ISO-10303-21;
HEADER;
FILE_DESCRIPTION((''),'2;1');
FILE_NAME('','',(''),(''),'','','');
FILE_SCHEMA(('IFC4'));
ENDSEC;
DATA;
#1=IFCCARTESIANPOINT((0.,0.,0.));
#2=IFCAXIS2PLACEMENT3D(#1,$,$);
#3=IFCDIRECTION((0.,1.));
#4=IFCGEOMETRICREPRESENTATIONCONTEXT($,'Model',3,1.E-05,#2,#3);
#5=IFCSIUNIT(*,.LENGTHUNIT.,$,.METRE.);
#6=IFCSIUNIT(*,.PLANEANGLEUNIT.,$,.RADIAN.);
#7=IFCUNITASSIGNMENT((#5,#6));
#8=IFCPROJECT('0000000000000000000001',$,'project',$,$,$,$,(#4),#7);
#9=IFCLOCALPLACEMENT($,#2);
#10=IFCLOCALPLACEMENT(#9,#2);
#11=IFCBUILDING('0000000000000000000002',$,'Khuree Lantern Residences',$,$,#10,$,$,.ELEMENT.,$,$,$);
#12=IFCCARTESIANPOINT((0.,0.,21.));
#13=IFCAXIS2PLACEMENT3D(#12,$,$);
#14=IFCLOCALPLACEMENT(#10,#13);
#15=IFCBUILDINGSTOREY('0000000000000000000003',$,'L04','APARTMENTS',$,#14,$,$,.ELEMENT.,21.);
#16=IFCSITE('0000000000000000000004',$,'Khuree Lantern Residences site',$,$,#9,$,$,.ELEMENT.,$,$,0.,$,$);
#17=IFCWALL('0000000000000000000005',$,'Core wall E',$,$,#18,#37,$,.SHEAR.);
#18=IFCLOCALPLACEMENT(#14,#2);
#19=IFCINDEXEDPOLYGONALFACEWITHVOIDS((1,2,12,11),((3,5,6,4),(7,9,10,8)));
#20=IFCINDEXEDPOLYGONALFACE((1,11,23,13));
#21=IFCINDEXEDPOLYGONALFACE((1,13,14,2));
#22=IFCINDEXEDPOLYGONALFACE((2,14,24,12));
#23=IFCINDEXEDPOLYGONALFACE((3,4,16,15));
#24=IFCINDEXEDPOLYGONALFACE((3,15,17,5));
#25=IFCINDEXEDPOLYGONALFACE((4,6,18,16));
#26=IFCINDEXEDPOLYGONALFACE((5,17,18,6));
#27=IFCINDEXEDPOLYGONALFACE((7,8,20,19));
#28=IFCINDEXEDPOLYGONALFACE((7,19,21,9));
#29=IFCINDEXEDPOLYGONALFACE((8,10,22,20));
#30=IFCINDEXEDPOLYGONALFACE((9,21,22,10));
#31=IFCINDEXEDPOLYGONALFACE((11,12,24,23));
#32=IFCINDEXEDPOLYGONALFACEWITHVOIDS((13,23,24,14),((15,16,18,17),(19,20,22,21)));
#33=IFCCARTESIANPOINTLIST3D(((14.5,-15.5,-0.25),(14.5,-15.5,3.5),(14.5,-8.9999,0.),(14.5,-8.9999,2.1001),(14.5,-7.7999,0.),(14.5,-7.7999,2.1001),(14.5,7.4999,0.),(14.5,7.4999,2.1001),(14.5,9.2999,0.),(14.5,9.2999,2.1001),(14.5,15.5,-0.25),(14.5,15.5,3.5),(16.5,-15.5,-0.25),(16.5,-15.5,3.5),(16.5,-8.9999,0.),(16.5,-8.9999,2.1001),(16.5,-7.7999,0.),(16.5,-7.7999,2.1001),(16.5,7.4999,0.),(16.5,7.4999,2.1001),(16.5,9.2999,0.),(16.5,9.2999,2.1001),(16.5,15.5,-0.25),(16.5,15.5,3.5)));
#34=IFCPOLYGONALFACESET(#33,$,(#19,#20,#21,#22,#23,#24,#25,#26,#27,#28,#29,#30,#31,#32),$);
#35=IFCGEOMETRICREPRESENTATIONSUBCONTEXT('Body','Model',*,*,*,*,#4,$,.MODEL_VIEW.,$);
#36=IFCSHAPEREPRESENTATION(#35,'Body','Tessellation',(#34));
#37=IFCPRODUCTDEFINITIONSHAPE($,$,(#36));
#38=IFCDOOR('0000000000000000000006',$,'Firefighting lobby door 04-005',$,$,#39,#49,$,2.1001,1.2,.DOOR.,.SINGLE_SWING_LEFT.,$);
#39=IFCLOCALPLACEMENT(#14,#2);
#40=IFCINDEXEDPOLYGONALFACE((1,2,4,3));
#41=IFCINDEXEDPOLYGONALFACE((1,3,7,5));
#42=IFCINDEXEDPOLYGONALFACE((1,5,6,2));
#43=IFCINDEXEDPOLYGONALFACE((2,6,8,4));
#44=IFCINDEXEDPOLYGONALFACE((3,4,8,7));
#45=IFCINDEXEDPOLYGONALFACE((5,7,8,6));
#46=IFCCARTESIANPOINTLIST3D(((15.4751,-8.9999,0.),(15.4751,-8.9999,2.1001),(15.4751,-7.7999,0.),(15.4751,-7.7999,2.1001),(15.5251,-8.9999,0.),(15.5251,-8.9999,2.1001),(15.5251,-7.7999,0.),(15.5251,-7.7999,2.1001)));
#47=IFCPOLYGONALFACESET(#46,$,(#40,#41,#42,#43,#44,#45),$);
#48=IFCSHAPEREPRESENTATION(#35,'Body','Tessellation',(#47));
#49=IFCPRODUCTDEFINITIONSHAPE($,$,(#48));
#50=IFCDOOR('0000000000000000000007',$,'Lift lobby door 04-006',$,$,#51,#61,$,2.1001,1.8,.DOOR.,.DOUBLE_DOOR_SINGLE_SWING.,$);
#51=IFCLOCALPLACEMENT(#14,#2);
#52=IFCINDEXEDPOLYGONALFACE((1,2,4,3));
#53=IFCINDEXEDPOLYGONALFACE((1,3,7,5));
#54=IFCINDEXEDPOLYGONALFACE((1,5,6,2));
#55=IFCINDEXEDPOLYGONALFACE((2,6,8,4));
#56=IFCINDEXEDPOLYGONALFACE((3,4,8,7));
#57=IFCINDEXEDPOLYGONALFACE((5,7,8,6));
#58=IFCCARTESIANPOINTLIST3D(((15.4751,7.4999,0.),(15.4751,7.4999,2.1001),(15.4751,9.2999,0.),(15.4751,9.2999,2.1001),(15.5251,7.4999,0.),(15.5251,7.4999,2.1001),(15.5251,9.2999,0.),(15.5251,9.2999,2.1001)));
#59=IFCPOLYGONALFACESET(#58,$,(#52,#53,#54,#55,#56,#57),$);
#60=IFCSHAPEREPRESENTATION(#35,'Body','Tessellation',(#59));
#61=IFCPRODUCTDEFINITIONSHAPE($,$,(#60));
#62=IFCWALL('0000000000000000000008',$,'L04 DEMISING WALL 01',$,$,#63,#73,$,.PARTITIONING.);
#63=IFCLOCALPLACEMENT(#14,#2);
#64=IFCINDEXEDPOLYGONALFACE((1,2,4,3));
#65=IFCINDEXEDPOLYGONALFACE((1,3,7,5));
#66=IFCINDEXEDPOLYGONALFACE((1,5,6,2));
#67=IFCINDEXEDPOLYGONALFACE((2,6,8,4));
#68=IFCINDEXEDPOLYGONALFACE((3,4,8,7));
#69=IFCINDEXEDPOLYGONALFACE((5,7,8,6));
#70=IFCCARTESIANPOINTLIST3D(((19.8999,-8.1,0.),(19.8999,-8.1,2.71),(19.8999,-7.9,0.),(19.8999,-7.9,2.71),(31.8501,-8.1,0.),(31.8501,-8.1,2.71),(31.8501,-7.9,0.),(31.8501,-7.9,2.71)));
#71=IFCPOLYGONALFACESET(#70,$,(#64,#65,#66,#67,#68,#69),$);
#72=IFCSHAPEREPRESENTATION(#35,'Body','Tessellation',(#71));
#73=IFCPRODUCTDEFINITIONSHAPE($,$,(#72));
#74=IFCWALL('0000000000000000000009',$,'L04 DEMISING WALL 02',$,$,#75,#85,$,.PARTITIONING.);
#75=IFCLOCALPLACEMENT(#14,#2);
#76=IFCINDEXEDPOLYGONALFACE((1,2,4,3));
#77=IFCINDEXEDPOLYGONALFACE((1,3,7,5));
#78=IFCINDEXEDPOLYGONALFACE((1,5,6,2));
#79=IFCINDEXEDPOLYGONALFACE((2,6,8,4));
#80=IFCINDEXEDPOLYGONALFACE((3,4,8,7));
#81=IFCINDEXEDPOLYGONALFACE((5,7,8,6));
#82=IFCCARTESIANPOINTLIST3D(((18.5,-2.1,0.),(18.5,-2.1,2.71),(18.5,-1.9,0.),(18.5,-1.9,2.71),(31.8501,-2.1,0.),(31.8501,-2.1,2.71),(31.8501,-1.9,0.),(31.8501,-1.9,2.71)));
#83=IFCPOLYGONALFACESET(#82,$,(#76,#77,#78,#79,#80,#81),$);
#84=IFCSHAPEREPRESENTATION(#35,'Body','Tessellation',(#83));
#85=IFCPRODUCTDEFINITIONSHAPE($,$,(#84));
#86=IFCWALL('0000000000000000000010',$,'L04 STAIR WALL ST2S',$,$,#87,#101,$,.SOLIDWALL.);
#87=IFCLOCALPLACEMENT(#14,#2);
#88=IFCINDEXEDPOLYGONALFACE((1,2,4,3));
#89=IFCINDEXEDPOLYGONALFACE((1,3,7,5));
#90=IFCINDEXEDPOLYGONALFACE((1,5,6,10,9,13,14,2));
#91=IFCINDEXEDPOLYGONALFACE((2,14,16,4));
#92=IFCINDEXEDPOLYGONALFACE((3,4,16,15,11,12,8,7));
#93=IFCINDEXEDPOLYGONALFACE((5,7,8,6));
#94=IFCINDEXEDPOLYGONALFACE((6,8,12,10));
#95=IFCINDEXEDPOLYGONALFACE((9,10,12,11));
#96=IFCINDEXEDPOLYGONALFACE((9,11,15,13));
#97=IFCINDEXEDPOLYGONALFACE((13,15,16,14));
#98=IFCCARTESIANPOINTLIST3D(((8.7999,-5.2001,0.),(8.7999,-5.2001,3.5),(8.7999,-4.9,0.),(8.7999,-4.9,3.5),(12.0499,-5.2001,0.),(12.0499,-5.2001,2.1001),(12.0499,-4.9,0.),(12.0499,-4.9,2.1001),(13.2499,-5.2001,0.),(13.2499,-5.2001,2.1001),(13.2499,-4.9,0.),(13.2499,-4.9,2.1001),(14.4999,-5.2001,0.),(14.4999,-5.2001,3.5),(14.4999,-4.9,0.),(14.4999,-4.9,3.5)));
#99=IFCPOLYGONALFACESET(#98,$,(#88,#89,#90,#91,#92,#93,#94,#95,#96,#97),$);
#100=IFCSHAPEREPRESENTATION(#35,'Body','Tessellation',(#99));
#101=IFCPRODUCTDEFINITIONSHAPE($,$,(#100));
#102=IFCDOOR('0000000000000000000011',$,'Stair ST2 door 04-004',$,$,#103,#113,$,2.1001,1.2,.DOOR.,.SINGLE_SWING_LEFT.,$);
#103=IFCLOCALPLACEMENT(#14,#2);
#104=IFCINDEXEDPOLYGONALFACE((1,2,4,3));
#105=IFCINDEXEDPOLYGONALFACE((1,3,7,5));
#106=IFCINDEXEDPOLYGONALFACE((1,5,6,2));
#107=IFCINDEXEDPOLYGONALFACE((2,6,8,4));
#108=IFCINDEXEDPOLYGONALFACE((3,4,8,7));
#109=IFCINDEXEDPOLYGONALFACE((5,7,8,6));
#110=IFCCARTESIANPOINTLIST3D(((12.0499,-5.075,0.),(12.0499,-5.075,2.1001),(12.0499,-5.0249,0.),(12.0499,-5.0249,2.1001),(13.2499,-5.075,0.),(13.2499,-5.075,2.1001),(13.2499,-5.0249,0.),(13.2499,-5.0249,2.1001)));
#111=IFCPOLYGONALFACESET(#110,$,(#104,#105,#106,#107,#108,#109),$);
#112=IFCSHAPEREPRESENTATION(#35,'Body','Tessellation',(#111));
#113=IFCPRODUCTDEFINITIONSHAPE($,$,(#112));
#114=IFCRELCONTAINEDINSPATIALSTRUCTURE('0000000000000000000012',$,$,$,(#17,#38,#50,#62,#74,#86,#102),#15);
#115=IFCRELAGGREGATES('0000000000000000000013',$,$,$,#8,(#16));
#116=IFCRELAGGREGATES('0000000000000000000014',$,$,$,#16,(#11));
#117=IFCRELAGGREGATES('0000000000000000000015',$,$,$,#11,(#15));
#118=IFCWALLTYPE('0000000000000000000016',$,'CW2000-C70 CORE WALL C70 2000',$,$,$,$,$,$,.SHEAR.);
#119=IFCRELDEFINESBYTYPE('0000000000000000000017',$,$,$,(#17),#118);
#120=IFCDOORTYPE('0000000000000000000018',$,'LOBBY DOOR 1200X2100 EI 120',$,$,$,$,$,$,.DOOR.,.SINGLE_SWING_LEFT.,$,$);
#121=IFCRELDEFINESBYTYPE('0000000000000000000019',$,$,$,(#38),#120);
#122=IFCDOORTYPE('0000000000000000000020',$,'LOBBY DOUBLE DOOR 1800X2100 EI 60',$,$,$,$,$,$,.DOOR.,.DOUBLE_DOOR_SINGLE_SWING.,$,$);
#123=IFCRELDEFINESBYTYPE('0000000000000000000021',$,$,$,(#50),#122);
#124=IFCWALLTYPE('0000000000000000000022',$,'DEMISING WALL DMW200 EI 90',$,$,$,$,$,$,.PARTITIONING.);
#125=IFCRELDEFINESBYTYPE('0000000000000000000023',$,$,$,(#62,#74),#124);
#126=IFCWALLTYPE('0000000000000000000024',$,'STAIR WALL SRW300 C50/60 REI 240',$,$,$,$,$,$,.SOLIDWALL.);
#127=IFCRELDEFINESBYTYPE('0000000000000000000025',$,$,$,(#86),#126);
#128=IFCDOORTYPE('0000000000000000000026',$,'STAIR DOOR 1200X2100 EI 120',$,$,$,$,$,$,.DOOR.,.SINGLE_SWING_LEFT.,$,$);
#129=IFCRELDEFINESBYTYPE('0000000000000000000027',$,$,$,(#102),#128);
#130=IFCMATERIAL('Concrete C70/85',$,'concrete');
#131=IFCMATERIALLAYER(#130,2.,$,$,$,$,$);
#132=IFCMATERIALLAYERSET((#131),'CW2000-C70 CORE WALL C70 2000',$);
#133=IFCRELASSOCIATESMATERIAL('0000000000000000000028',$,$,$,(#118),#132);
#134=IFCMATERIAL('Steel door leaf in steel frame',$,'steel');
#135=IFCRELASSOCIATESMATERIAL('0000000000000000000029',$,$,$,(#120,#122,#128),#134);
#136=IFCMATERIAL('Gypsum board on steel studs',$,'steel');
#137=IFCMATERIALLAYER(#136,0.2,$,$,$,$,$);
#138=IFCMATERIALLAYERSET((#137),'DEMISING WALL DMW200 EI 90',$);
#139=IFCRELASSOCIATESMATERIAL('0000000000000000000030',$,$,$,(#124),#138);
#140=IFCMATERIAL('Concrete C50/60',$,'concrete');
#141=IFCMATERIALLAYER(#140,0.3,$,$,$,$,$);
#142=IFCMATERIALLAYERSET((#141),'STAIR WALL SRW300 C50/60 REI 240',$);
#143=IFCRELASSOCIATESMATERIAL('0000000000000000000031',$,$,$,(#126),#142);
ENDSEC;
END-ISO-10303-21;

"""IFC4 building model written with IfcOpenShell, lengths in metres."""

from ifc_helpers import new_model, si_unit, direction, frame, frame_2d, origin, place, context, subcontext, project, spatial, rectangle, extrude, material, layer, layer_set, type_object, element, fill, save


model = new_model("IFC4")

# Units and contexts
model_context = context("Model", 3, precision=1e-05, world=origin(), true_north=direction((0.0, 1.0)))
body_context = subcontext(model_context, "Body", "Model", "MODEL_VIEW")
ifc_project = project(units=[si_unit("LENGTHUNIT", "METRE"), si_unit("PLANEANGLEUNIT", "RADIAN")], contexts=[model_context])

# Site, building, storey
site_placement = place(None, origin())
site = spatial("IfcSite", under=ifc_project, at=site_placement, Name="Khuree Lantern Residences site", CompositionType="ELEMENT", RefElevation=0.0)
building_placement = place(site_placement, origin())
building = spatial("IfcBuilding", under=site, at=building_placement, Name="Khuree Lantern Residences", CompositionType="ELEMENT")
storey_placement = place(building_placement, frame((0.0, 0.0, 21.0)))
storey = spatial("IfcBuildingStorey", under=building, at=storey_placement, Name="L04", Description="APARTMENTS", CompositionType="ELEMENT", Elevation=21.0)

# Shared definitions
ifc_material_1 = material(Name="Concrete C70/85", Category="concrete")

# Shared definitions
ifc_material_2 = material(Name="Gypsum board on steel studs", Category="steel")

# Wall, openings, doors
ifc_layer_1 = layer(ifc_material_1, 2.0)
ifc_layer_set_1 = layer_set([ifc_layer_1], Name="CW2000-C70 CORE WALL C70 2000")
wall_type_1 = type_object("IfcWallType", Name="CW2000-C70 CORE WALL C70 2000", PredefinedType="SHEAR", material=ifc_layer_set_1)
wall_1_placement = place(storey_placement, frame((15.5, -15.5, -0.25), z_axis=(0.0, 0.0, 1.0), x_axis=(0.0, 1.0, 0.0)))
wall_1 = element("IfcWall", 1, at=wall_1_placement, inside=storey, type_object=wall_type_1, Name="Core wall E", PredefinedType="SHEAR", context=body_context, shape_type="SweptSolid", body=[
    extrude(rectangle(XDim=31.0, YDim=2.0, at=frame_2d((15.5, 0.0))), origin(), (0.0, 0.0, 1.0), 3.75),
])
opening_1_placement = place(wall_1_placement, frame((6.5, 0.0, 0.25)))
opening_1 = element("IfcOpeningElement", 2, at=opening_1_placement, cuts=wall_1, PredefinedType="OPENING", context=body_context, shape_type="SweptSolid", body=[
    extrude(rectangle(XDim=1.2, YDim=2.1001, at=frame_2d((0.6001, 1.05))), frame((0.0, 1.01, 0.0), z_axis=(0.0, -1.0, 0.0), x_axis=(1.0, 0.0, 0.0)), (0.0, 0.0, 1.0), 2.02),
])
opening_2_placement = place(wall_1_placement, frame((23.0, 0.0, 0.25)))
opening_2 = element("IfcOpeningElement", 3, at=opening_2_placement, cuts=wall_1, PredefinedType="OPENING", context=body_context, shape_type="SweptSolid", body=[
    extrude(rectangle(XDim=1.8, YDim=2.1001, at=frame_2d((0.8999, 1.05))), frame((0.0, 1.01, 0.0), z_axis=(0.0, -1.0, 0.0), x_axis=(1.0, 0.0, 0.0)), (0.0, 0.0, 1.0), 2.02),
])
ifc_material_3 = material(Name="Steel door leaf in steel frame", Category="steel")
door_type_1 = type_object("IfcDoorType", Name="LOBBY DOOR 1200X2100 EI 120", OperationType="SINGLE_SWING_LEFT", PredefinedType="DOOR", material=ifc_material_3)
door_1_placement = place(opening_1_placement, origin())
door_1 = element("IfcDoor", 4, at=door_1_placement, inside=storey, type_object=door_type_1, Name="Firefighting lobby door 04-005", OperationType="SINGLE_SWING_LEFT", OverallHeight=2.1001, OverallWidth=1.2, PredefinedType="DOOR", context=body_context, shape_type="SweptSolid", body=[
    extrude(rectangle(XDim=1.2, YDim=2.1001, at=frame_2d((0.6001, 1.05))), frame((0.0, 0.0249, 0.0), z_axis=(0.0, -1.0, 0.0), x_axis=(1.0, 0.0, 0.0)), (0.0, 0.0, 1.0), 0.05),
])
fill(opening_1, door_1)
door_type_2 = type_object("IfcDoorType", Name="LOBBY DOUBLE DOOR 1800X2100 EI 60", OperationType="DOUBLE_DOOR_SINGLE_SWING", PredefinedType="DOOR", material=ifc_material_3)
door_2_placement = place(opening_2_placement, origin())
door_2 = element("IfcDoor", 5, at=door_2_placement, inside=storey, type_object=door_type_2, Name="Lift lobby door 04-006", OperationType="DOUBLE_DOOR_SINGLE_SWING", OverallHeight=2.1001, OverallWidth=1.8, PredefinedType="DOOR", context=body_context, shape_type="SweptSolid", body=[
    extrude(rectangle(XDim=1.8, YDim=2.1001, at=frame_2d((0.8999, 1.05))), frame((0.0, 0.0249, 0.0), z_axis=(0.0, -1.0, 0.0), x_axis=(1.0, 0.0, 0.0)), (0.0, 0.0, 1.0), 0.05),
])
fill(opening_2, door_2)

# Walls
ifc_layer_2 = layer(ifc_material_2, 0.2)
ifc_layer_set_2 = layer_set([ifc_layer_2], Name="DEMISING WALL DMW200 EI 90")
wall_type_2 = type_object("IfcWallType", Name="DEMISING WALL DMW200 EI 90", PredefinedType="PARTITIONING", material=ifc_layer_set_2)
wall_2_placement = place(storey_placement, frame((19.8999, -8.0, 0.0), z_axis=(0.0, 0.0, 1.0), x_axis=(1.0, 0.0, 0.0)))
element("IfcWall", 6, at=wall_2_placement, inside=storey, type_object=wall_type_2, Name="L04 DEMISING WALL 01", PredefinedType="PARTITIONING", context=body_context, shape_type="SweptSolid", body=[
    extrude(rectangle(XDim=11.9502, YDim=0.2, at=frame_2d((5.9751, 0.0))), origin(), (0.0, 0.0, 1.0), 2.71),
])
wall_3_placement = place(storey_placement, frame((18.5, -2.0, 0.0), z_axis=(0.0, 0.0, 1.0), x_axis=(1.0, 0.0, 0.0)))
element("IfcWall", 7, at=wall_3_placement, inside=storey, type_object=wall_type_2, Name="L04 DEMISING WALL 02", PredefinedType="PARTITIONING", context=body_context, shape_type="SweptSolid", body=[
    extrude(rectangle(XDim=13.3501, YDim=0.2, at=frame_2d((6.675, 0.0))), origin(), (0.0, 0.0, 1.0), 2.71),
])

# Wall, opening, door
ifc_material_4 = material(Name="Concrete C50/60", Category="concrete")
ifc_layer_3 = layer(ifc_material_4, 0.3)
ifc_layer_set_3 = layer_set([ifc_layer_3], Name="STAIR WALL SRW300 C50/60 REI 240")
wall_type_3 = type_object("IfcWallType", Name="STAIR WALL SRW300 C50/60 REI 240", PredefinedType="SOLIDWALL", material=ifc_layer_set_3)
wall_4_placement = place(storey_placement, frame((14.5, -5.05, 0.0), z_axis=(0.0, 0.0, 1.0), x_axis=(-1.0, 0.0, 0.0)))
wall_4 = element("IfcWall", 8, at=wall_4_placement, inside=storey, type_object=wall_type_3, Name="L04 STAIR WALL ST2S", PredefinedType="SOLIDWALL", context=body_context, shape_type="SweptSolid", body=[
    extrude(rectangle(XDim=5.7, YDim=0.3, at=frame_2d((2.8501, 0.0))), origin(), (0.0, 0.0, 1.0), 3.5),
])
opening_3_placement = place(wall_4_placement, frame((1.25, 0.0, 0.0)))
opening_3 = element("IfcOpeningElement", 9, at=opening_3_placement, cuts=wall_4, PredefinedType="OPENING", context=body_context, shape_type="SweptSolid", body=[
    extrude(rectangle(XDim=1.2, YDim=2.1001, at=frame_2d((0.6001, 1.05))), frame((0.0, 0.1602, 0.0), z_axis=(0.0, -1.0, 0.0), x_axis=(1.0, 0.0, 0.0)), (0.0, 0.0, 1.0), 0.3201),
])
door_type_3 = type_object("IfcDoorType", Name="STAIR DOOR 1200X2100 EI 120", OperationType="SINGLE_SWING_LEFT", PredefinedType="DOOR", material=ifc_material_3)
door_3_placement = place(opening_3_placement, origin())
door_3 = element("IfcDoor", 10, at=door_3_placement, inside=storey, type_object=door_type_3, Name="Stair ST2 door 04-004", OperationType="SINGLE_SWING_LEFT", OverallHeight=2.1001, OverallWidth=1.2, PredefinedType="DOOR", context=body_context, shape_type="SweptSolid", body=[
    extrude(rectangle(XDim=1.2, YDim=2.1001, at=frame_2d((0.6001, 1.05))), frame((0.0, 0.0249, 0.0), z_axis=(0.0, -1.0, 0.0), x_axis=(1.0, 0.0, 0.0)), (0.0, 0.0, 1.0), 0.05),
])
fill(opening_3, door_3)

save(model, "model.ifc")
